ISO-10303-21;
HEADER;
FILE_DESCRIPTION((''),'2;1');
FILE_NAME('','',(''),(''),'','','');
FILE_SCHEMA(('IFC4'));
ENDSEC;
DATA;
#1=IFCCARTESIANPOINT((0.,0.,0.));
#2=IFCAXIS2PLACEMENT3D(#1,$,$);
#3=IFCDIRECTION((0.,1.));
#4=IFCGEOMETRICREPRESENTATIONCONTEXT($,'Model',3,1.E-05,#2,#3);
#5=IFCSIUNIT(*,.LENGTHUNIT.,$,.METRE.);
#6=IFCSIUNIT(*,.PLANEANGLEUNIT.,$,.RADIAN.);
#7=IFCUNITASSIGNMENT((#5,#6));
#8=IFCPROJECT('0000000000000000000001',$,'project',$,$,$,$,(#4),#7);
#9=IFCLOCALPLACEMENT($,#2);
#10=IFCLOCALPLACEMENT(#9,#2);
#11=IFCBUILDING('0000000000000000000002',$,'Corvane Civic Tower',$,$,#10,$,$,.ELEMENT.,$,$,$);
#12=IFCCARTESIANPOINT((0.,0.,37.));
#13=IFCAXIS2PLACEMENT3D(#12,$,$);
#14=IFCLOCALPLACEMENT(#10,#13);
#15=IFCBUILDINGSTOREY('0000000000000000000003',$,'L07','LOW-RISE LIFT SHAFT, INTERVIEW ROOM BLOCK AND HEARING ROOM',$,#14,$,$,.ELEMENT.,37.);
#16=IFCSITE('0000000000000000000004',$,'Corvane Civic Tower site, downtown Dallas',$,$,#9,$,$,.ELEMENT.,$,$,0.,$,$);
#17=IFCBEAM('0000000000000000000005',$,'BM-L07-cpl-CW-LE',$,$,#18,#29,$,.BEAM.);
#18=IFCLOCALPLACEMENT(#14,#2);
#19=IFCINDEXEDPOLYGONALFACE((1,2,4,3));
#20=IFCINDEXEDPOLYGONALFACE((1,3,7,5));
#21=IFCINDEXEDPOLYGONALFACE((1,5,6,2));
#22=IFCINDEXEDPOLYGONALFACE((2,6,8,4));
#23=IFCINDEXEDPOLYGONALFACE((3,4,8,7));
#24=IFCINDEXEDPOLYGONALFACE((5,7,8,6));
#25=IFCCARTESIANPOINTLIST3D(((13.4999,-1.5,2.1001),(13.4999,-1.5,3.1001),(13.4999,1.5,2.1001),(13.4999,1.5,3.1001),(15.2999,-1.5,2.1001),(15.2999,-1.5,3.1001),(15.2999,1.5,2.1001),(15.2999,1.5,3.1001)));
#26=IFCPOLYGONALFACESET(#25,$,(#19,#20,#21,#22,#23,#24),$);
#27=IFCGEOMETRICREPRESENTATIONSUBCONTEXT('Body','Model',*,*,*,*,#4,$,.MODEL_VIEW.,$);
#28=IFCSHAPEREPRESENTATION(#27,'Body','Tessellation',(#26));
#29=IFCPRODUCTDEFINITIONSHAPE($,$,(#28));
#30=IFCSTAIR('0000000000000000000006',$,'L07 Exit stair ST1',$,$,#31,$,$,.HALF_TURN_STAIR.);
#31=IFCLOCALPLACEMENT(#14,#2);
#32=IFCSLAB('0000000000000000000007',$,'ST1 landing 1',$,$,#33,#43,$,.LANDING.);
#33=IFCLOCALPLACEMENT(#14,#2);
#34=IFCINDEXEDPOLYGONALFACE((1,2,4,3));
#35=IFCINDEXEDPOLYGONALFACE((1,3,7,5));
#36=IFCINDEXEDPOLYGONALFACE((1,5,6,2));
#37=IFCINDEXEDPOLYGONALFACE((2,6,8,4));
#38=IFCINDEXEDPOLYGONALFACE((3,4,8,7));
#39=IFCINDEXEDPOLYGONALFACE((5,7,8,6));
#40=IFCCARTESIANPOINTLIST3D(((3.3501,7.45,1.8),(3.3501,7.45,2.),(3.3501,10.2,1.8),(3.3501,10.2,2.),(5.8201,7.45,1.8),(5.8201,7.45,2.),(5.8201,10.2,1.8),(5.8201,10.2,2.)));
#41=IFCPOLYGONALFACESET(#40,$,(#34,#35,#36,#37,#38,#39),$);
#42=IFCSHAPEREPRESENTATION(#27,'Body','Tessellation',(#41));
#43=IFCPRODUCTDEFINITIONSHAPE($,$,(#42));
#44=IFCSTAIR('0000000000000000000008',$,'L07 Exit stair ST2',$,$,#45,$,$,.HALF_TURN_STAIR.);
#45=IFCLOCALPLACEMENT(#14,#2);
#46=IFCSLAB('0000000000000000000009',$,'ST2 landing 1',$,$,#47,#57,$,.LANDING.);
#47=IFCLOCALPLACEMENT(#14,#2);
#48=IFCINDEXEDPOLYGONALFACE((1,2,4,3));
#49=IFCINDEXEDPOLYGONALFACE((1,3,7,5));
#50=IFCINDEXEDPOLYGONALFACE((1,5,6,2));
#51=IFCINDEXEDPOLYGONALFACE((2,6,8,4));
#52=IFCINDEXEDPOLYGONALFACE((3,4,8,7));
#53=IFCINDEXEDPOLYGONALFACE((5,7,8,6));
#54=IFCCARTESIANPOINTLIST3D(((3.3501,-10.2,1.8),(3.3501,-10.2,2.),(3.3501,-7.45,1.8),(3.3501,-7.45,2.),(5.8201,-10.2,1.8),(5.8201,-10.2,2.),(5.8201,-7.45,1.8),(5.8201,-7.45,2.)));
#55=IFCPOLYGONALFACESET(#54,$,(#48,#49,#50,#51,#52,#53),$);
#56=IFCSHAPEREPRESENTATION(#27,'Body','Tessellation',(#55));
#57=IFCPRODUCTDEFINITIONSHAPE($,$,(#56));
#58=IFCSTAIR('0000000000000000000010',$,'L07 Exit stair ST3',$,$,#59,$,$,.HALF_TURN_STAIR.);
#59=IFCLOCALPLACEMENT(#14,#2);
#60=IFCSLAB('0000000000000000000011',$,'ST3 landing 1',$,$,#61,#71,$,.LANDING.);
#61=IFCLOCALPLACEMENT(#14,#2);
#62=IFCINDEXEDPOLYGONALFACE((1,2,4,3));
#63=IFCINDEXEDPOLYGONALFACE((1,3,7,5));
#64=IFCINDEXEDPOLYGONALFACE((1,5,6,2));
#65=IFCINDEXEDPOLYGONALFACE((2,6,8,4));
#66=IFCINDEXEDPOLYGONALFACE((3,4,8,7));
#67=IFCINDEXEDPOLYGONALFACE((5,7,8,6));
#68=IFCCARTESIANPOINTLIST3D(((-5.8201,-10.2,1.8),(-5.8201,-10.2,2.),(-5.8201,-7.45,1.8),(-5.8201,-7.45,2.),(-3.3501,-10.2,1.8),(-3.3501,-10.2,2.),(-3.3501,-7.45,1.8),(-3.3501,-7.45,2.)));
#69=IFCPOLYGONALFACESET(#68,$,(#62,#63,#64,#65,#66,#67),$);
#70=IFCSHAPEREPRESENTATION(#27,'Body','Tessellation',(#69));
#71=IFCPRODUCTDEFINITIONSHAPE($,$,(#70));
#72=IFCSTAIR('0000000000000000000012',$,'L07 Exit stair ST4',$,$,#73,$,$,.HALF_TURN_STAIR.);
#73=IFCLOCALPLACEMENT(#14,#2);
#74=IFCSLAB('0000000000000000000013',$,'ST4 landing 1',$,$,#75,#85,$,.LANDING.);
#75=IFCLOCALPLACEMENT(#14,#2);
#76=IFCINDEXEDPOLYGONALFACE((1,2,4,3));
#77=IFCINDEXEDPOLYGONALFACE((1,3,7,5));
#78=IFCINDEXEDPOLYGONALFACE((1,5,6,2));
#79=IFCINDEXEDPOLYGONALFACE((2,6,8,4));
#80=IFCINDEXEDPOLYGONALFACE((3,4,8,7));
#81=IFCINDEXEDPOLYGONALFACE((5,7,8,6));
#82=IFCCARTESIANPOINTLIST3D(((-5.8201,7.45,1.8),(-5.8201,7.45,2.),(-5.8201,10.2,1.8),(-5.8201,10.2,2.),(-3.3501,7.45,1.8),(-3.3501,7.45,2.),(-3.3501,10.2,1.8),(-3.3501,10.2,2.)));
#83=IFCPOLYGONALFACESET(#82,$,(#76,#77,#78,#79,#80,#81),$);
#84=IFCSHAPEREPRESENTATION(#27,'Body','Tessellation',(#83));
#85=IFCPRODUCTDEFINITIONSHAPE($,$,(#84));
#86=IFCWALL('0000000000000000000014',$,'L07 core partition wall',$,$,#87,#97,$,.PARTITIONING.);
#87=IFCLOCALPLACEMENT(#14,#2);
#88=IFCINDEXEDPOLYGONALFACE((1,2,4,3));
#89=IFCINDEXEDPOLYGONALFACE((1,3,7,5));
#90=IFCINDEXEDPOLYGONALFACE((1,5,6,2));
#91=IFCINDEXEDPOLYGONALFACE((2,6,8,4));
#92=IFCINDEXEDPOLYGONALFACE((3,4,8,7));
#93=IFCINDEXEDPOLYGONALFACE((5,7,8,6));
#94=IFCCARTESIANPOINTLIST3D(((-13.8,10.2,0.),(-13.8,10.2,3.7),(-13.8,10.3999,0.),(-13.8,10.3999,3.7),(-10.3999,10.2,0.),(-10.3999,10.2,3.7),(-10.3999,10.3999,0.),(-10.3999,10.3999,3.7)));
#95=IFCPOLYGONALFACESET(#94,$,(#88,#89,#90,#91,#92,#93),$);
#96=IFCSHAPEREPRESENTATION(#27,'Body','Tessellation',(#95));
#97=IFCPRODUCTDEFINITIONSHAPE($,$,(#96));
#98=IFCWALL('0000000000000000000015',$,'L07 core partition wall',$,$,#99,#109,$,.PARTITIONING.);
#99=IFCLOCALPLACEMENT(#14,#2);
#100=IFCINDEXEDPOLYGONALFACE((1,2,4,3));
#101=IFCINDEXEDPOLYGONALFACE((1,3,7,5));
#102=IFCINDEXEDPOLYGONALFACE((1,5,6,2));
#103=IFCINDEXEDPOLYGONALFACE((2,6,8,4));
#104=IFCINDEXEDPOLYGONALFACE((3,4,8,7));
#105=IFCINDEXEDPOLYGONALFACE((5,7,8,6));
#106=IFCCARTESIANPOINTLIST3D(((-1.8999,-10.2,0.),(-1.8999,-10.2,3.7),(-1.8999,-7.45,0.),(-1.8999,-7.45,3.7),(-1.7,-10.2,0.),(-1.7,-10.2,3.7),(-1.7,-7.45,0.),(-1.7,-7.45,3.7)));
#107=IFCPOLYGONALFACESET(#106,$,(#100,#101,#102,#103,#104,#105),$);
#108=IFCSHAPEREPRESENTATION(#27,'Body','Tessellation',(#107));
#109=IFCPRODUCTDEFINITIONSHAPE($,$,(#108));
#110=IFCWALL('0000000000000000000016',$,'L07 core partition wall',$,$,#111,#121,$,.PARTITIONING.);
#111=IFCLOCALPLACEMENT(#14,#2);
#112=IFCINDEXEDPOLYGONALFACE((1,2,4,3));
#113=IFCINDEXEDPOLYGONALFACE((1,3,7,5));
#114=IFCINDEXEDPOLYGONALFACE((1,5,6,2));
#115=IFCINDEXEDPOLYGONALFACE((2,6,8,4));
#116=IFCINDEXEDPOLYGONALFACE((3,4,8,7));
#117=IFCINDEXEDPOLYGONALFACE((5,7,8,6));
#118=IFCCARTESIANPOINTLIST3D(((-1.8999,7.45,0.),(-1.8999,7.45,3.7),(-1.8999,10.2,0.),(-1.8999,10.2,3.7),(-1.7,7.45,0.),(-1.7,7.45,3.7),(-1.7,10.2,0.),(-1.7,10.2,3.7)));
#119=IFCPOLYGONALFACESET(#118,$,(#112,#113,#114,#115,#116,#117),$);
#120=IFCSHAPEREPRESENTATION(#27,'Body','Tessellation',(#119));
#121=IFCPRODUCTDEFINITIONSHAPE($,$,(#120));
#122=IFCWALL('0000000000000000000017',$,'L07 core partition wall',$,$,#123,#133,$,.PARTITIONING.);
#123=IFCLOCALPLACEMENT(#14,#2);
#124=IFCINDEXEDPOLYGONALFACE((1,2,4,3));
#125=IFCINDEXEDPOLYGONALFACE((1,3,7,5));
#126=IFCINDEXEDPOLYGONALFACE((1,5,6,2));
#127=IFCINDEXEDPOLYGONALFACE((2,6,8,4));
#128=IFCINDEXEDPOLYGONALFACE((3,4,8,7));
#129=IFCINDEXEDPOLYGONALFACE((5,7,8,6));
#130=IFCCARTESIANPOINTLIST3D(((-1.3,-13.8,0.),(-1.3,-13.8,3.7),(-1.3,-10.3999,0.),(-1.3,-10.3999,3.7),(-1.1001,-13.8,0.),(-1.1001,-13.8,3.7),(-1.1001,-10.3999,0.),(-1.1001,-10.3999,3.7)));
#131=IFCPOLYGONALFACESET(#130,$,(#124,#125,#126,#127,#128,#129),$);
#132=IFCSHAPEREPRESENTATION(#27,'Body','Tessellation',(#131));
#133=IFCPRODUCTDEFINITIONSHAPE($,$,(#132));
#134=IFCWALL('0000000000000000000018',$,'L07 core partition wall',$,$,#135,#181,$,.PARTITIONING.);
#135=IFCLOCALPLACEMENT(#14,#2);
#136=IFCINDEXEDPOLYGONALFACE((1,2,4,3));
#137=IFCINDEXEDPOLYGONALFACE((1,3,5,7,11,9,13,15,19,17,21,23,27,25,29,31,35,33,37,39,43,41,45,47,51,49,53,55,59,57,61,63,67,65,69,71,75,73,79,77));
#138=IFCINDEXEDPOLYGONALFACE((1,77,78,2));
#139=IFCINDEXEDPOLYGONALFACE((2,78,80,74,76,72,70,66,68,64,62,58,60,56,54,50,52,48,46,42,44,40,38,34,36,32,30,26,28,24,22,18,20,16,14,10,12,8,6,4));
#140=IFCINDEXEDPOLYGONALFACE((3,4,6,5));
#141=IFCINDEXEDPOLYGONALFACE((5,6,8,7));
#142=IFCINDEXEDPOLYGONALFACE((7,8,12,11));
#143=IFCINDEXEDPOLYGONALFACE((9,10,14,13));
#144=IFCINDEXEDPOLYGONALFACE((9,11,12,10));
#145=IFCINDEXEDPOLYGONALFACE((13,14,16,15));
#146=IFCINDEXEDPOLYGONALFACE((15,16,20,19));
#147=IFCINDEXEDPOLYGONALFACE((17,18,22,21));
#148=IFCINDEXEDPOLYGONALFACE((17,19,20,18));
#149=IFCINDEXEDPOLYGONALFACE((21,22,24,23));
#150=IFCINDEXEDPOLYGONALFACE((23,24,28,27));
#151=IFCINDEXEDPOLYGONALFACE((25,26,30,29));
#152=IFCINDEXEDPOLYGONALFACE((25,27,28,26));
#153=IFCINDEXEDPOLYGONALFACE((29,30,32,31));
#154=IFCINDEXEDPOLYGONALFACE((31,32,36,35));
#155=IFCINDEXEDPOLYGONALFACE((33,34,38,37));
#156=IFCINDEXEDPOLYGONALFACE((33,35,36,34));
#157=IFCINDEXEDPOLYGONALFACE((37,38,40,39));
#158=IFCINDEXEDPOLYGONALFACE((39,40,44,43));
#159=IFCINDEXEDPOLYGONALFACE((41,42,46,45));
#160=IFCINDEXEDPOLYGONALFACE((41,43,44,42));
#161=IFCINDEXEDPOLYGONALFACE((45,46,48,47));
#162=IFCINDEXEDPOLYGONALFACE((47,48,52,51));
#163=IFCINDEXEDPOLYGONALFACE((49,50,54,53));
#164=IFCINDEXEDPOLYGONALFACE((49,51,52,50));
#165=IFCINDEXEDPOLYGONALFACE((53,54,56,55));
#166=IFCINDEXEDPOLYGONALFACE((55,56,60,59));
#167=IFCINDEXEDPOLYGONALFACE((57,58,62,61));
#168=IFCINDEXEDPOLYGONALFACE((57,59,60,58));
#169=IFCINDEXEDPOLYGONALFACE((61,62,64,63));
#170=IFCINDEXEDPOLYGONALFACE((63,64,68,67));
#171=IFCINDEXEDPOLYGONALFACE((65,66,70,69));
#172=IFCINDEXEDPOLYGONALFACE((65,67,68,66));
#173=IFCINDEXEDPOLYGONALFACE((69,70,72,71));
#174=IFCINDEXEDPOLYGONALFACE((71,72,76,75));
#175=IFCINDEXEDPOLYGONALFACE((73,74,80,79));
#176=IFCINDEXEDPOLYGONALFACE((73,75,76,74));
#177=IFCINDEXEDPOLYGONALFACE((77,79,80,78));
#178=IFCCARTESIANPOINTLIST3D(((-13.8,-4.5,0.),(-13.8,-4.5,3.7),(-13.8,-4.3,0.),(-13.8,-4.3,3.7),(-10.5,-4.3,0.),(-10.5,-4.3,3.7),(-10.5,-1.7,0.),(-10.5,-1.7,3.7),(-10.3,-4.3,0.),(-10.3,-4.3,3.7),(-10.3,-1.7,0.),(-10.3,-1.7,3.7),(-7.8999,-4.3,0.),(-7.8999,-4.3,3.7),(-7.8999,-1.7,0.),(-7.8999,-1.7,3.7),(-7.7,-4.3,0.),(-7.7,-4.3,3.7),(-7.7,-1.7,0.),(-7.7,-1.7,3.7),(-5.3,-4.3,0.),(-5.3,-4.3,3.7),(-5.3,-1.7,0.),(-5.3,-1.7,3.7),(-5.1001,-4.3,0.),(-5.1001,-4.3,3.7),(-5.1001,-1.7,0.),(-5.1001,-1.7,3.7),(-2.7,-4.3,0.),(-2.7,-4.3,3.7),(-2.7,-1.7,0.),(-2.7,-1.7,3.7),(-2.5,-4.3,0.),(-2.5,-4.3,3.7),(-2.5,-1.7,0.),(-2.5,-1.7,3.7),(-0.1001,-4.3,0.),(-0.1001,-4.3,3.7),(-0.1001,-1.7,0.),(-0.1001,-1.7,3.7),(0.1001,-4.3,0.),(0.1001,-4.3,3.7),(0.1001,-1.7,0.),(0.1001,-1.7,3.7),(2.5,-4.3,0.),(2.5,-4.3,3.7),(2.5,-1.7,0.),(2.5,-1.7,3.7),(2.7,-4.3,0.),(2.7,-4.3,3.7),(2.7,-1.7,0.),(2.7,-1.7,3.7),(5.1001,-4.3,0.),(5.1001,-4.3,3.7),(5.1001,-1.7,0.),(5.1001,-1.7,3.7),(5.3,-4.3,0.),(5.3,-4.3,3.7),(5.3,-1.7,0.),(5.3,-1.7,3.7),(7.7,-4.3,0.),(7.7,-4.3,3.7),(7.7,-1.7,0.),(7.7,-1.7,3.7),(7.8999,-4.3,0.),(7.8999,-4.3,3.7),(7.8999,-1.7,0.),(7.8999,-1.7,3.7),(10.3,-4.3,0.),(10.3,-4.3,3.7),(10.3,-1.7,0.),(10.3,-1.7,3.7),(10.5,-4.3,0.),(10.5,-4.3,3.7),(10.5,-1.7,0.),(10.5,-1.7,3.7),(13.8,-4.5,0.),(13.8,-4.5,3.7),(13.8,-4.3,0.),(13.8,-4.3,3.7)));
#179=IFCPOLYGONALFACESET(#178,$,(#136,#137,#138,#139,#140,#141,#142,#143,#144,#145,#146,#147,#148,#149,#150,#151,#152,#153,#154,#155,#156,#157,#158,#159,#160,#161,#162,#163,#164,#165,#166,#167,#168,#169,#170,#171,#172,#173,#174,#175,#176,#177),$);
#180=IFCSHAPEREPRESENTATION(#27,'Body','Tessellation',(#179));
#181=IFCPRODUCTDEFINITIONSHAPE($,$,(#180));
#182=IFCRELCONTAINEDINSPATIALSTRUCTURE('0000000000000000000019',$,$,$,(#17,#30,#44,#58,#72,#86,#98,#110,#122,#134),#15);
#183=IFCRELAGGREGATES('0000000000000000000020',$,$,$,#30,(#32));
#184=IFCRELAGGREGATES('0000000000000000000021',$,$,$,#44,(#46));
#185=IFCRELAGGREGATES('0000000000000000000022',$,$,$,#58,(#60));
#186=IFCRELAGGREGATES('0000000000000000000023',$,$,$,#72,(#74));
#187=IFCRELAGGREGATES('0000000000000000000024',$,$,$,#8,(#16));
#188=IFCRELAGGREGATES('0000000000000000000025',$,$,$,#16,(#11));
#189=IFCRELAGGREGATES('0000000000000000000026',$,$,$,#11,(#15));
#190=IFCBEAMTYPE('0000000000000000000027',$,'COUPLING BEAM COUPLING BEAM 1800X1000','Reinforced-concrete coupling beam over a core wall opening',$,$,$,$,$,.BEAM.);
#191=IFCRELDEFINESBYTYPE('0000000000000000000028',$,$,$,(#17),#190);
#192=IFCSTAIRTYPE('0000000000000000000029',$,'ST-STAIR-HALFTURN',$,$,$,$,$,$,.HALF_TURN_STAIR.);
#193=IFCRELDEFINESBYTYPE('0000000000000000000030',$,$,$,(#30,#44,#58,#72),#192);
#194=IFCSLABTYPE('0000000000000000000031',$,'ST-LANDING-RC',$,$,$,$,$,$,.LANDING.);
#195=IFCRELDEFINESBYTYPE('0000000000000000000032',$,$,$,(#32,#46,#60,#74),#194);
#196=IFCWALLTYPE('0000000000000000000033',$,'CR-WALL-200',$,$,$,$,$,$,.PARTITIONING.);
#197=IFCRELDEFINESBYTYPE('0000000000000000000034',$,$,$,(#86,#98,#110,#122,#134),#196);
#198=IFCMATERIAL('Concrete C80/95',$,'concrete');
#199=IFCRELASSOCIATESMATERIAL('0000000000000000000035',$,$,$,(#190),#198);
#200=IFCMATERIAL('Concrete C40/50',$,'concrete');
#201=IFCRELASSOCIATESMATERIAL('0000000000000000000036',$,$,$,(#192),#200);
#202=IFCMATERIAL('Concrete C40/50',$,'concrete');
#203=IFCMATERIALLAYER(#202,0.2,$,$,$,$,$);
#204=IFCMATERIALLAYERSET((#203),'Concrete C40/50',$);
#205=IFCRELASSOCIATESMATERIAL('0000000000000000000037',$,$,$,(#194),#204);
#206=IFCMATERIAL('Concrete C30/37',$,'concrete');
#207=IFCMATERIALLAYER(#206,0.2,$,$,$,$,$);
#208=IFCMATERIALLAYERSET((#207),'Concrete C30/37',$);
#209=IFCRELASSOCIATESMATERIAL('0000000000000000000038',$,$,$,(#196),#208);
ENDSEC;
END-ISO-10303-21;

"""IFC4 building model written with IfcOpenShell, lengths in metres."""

from ifc_helpers import new_model, si_unit, direction, frame, origin, origin_2d, place, context, subcontext, project, spatial, polyline, rectangle, outline, extrude, material, layer, layer_set, material_profile, profile_set, type_object, element, aggregate, save


model = new_model("IFC4")

# Units and contexts
model_context = context("Model", 3, precision=1e-05, world=origin(), true_north=direction((0.0, 1.0)))
body_context = subcontext(model_context, "Body", "Model", "MODEL_VIEW")
ifc_project = project(units=[si_unit("LENGTHUNIT", "METRE"), si_unit("PLANEANGLEUNIT", "RADIAN")], contexts=[model_context])

# Site, building, storey
site_placement = place(None, origin())
site = spatial("IfcSite", under=ifc_project, at=site_placement, Name="Corvane Civic Tower site, downtown Dallas", CompositionType="ELEMENT", RefElevation=0.0)
building_placement = place(site_placement, origin())
building = spatial("IfcBuilding", under=site, at=building_placement, Name="Corvane Civic Tower", CompositionType="ELEMENT")
storey_placement = place(building_placement, frame((0.0, 0.0, 37.0)))
storey = spatial("IfcBuildingStorey", under=building, at=storey_placement, Name="L07", Description="LOW-RISE LIFT SHAFT, INTERVIEW ROOM BLOCK AND HEARING ROOM", CompositionType="ELEMENT", Elevation=37.0)

# Beam
ifc_material_1 = material(Name="Concrete C80/95", Category="concrete")
ifc_material_profile = material_profile(ifc_material_1, rectangle(XDim=1.8, YDim=1.0, at=origin_2d()), Name="COUPLING BEAM 1800X1000")
ifc_profile_set = profile_set([ifc_material_profile], Name="Concrete C80/95")
beam_type = type_object("IfcBeamType", Name="COUPLING BEAM COUPLING BEAM 1800X1000", Description="Reinforced-concrete coupling beam over a core wall opening", PredefinedType="BEAM", material=ifc_profile_set)
beam_placement = place(storey_placement, frame((14.3999, -1.5, 2.6001), z_axis=(0.0, 1.0, 0.0), x_axis=(-1.0, 0.0, 0.0)))
element("IfcBeam", 1, at=beam_placement, inside=storey, type_object=beam_type, Name="BM-L07-cpl-CW-LE", PredefinedType="BEAM", context=body_context, shape_type="SweptSolid", body=[
    extrude(rectangle(XDim=1.8, YDim=1.0, at=origin_2d()), origin(), (0.0, 0.0, 1.0), 3.0),
])

# Stairs, slabs
ifc_material_2 = material(Name="Concrete C40/50", Category="concrete")
stair_type = type_object("IfcStairType", Name="ST-STAIR-HALFTURN", PredefinedType="HALF_TURN_STAIR", material=ifc_material_2)
stair_1_placement = place(storey_placement, origin())
stair_1 = element("IfcStair", 2, at=stair_1_placement, inside=storey, type_object=stair_type, Name="L07 Exit stair ST1", PredefinedType="HALF_TURN_STAIR")
ifc_material_3 = material(Name="Concrete C40/50", Category="concrete")
ifc_layer_1 = layer(ifc_material_3, 0.2)
ifc_layer_set_1 = layer_set([ifc_layer_1], Name="Concrete C40/50")
slab_type = type_object("IfcSlabType", Name="ST-LANDING-RC", PredefinedType="LANDING", material=ifc_layer_set_1)
slab_1_placement = place(storey_placement, frame((0.0, 0.0, 1.8)))
slab_1 = element("IfcSlab", 3, at=slab_1_placement, type_object=slab_type, Name="ST1 landing 1", PredefinedType="LANDING", context=body_context, shape_type="SweptSolid", body=[
    extrude(outline(polyline([(5.8201, 10.2), (3.3501, 10.2), (3.3501, 7.45), (5.8201, 7.45), (5.8201, 10.2)])), origin(), (0.0, 0.0, 1.0), 0.2),
])
aggregate(stair_1, [slab_1])
stair_2_placement = place(storey_placement, origin())
stair_2 = element("IfcStair", 4, at=stair_2_placement, inside=storey, type_object=stair_type, Name="L07 Exit stair ST2", PredefinedType="HALF_TURN_STAIR")
slab_2_placement = place(storey_placement, frame((0.0, 0.0, 1.8)))
slab_2 = element("IfcSlab", 5, at=slab_2_placement, type_object=slab_type, Name="ST2 landing 1", PredefinedType="LANDING", context=body_context, shape_type="SweptSolid", body=[
    extrude(outline(polyline([(5.8201, -7.45), (3.3501, -7.45), (3.3501, -10.2), (5.8201, -10.2), (5.8201, -7.45)])), origin(), (0.0, 0.0, 1.0), 0.2),
])
aggregate(stair_2, [slab_2])
stair_3_placement = place(storey_placement, origin())
stair_3 = element("IfcStair", 6, at=stair_3_placement, inside=storey, type_object=stair_type, Name="L07 Exit stair ST3", PredefinedType="HALF_TURN_STAIR")
slab_3_placement = place(storey_placement, frame((0.0, 0.0, 1.8)))
slab_3 = element("IfcSlab", 7, at=slab_3_placement, type_object=slab_type, Name="ST3 landing 1", PredefinedType="LANDING", context=body_context, shape_type="SweptSolid", body=[
    extrude(outline(polyline([(-5.8201, -10.2), (-3.3501, -10.2), (-3.3501, -7.45), (-5.8201, -7.45), (-5.8201, -10.2)])), origin(), (0.0, 0.0, 1.0), 0.2),
])
aggregate(stair_3, [slab_3])
stair_4_placement = place(storey_placement, origin())
stair_4 = element("IfcStair", 8, at=stair_4_placement, inside=storey, type_object=stair_type, Name="L07 Exit stair ST4", PredefinedType="HALF_TURN_STAIR")
slab_4_placement = place(storey_placement, frame((0.0, 0.0, 1.8)))
slab_4 = element("IfcSlab", 9, at=slab_4_placement, type_object=slab_type, Name="ST4 landing 1", PredefinedType="LANDING", context=body_context, shape_type="SweptSolid", body=[
    extrude(outline(polyline([(-5.8201, 7.45), (-3.3501, 7.45), (-3.3501, 10.2), (-5.8201, 10.2), (-5.8201, 7.45)])), origin(), (0.0, 0.0, 1.0), 0.2),
])
aggregate(stair_4, [slab_4])

# Walls
ifc_material_4 = material(Name="Concrete C30/37", Category="concrete")
ifc_layer_2 = layer(ifc_material_4, 0.2)
ifc_layer_set_2 = layer_set([ifc_layer_2], Name="Concrete C30/37")
wall_type_1 = type_object("IfcWallType", Name="CR-WALL-200", PredefinedType="PARTITIONING", material=ifc_layer_set_2)
wall_1_placement = place(storey_placement, origin())
element("IfcWall", 10, at=wall_1_placement, inside=storey, type_object=wall_type_1, Name="L07 core partition wall", PredefinedType="PARTITIONING", context=body_context, shape_type="SweptSolid", body=[
    extrude(outline(polyline([(-13.8, 10.2), (-13.8, 10.3999), (-10.3999, 10.3999), (-10.3999, 10.2), (-13.8, 10.2)])), origin(), (0.0, 0.0, 1.0), 3.7),
])
wall_2_placement = place(storey_placement, origin())
element("IfcWall", 11, at=wall_2_placement, inside=storey, type_object=wall_type_1, Name="L07 core partition wall", PredefinedType="PARTITIONING", context=body_context, shape_type="SweptSolid", body=[
    extrude(outline(polyline([(-1.7, -7.45), (-1.7, -10.2), (-1.8999, -10.2), (-1.8999, -7.45), (-1.7, -7.45)])), origin(), (0.0, 0.0, 1.0), 3.7),
])
wall_3_placement = place(storey_placement, origin())
element("IfcWall", 12, at=wall_3_placement, inside=storey, type_object=wall_type_1, Name="L07 core partition wall", PredefinedType="PARTITIONING", context=body_context, shape_type="SweptSolid", body=[
    extrude(outline(polyline([(-1.7, 10.2), (-1.7, 7.45), (-1.8999, 7.45), (-1.8999, 10.2), (-1.7, 10.2)])), origin(), (0.0, 0.0, 1.0), 3.7),
])
wall_4_placement = place(storey_placement, origin())
element("IfcWall", 13, at=wall_4_placement, inside=storey, type_object=wall_type_1, Name="L07 core partition wall", PredefinedType="PARTITIONING", context=body_context, shape_type="SweptSolid", body=[
    extrude(outline(polyline([(-1.1001, -13.8), (-1.3, -13.8), (-1.3, -10.3999), (-1.1001, -10.3999), (-1.1001, -13.8)])), origin(), (0.0, 0.0, 1.0), 3.7),
])
wall_5_placement = place(storey_placement, origin())
element("IfcWall", 14, at=wall_5_placement, inside=storey, type_object=wall_type_1, Name="L07 core partition wall", PredefinedType="PARTITIONING", context=body_context, shape_type="SweptSolid", body=[
    extrude(outline(polyline([(-10.3, -1.7), (-10.3, -4.3), (-7.8999, -4.3), (-7.8999, -1.7), (-7.7, -1.7), (-7.7, -4.3), (-5.3, -4.3), (-5.3, -1.7), (-5.1001, -1.7), (-5.1001, -4.3), (-2.7, -4.3), (-2.7, -1.7), (-2.5, -1.7), (-2.5, -4.3), (-0.1001, -4.3), (-0.1001, -1.7), (0.1001, -1.7), (0.1001, -4.3), (2.5, -4.3), (2.5, -1.7), (2.7, -1.7), (2.7, -4.3), (5.1001, -4.3), (5.1001, -1.7), (5.3, -1.7), (5.3, -4.3), (7.7, -4.3), (7.7, -1.7), (7.8999, -1.7), (7.8999, -4.3), (10.3, -4.3), (10.3, -1.7), (10.5, -1.7), (10.5, -4.3), (13.8, -4.3), (13.8, -4.5), (-13.8, -4.5), (-13.8, -4.3), (-10.5, -4.3), (-10.5, -1.7), (-10.3, -1.7)])), origin(), (0.0, 0.0, 1.0), 3.7),
])

save(model, "model.ifc")
